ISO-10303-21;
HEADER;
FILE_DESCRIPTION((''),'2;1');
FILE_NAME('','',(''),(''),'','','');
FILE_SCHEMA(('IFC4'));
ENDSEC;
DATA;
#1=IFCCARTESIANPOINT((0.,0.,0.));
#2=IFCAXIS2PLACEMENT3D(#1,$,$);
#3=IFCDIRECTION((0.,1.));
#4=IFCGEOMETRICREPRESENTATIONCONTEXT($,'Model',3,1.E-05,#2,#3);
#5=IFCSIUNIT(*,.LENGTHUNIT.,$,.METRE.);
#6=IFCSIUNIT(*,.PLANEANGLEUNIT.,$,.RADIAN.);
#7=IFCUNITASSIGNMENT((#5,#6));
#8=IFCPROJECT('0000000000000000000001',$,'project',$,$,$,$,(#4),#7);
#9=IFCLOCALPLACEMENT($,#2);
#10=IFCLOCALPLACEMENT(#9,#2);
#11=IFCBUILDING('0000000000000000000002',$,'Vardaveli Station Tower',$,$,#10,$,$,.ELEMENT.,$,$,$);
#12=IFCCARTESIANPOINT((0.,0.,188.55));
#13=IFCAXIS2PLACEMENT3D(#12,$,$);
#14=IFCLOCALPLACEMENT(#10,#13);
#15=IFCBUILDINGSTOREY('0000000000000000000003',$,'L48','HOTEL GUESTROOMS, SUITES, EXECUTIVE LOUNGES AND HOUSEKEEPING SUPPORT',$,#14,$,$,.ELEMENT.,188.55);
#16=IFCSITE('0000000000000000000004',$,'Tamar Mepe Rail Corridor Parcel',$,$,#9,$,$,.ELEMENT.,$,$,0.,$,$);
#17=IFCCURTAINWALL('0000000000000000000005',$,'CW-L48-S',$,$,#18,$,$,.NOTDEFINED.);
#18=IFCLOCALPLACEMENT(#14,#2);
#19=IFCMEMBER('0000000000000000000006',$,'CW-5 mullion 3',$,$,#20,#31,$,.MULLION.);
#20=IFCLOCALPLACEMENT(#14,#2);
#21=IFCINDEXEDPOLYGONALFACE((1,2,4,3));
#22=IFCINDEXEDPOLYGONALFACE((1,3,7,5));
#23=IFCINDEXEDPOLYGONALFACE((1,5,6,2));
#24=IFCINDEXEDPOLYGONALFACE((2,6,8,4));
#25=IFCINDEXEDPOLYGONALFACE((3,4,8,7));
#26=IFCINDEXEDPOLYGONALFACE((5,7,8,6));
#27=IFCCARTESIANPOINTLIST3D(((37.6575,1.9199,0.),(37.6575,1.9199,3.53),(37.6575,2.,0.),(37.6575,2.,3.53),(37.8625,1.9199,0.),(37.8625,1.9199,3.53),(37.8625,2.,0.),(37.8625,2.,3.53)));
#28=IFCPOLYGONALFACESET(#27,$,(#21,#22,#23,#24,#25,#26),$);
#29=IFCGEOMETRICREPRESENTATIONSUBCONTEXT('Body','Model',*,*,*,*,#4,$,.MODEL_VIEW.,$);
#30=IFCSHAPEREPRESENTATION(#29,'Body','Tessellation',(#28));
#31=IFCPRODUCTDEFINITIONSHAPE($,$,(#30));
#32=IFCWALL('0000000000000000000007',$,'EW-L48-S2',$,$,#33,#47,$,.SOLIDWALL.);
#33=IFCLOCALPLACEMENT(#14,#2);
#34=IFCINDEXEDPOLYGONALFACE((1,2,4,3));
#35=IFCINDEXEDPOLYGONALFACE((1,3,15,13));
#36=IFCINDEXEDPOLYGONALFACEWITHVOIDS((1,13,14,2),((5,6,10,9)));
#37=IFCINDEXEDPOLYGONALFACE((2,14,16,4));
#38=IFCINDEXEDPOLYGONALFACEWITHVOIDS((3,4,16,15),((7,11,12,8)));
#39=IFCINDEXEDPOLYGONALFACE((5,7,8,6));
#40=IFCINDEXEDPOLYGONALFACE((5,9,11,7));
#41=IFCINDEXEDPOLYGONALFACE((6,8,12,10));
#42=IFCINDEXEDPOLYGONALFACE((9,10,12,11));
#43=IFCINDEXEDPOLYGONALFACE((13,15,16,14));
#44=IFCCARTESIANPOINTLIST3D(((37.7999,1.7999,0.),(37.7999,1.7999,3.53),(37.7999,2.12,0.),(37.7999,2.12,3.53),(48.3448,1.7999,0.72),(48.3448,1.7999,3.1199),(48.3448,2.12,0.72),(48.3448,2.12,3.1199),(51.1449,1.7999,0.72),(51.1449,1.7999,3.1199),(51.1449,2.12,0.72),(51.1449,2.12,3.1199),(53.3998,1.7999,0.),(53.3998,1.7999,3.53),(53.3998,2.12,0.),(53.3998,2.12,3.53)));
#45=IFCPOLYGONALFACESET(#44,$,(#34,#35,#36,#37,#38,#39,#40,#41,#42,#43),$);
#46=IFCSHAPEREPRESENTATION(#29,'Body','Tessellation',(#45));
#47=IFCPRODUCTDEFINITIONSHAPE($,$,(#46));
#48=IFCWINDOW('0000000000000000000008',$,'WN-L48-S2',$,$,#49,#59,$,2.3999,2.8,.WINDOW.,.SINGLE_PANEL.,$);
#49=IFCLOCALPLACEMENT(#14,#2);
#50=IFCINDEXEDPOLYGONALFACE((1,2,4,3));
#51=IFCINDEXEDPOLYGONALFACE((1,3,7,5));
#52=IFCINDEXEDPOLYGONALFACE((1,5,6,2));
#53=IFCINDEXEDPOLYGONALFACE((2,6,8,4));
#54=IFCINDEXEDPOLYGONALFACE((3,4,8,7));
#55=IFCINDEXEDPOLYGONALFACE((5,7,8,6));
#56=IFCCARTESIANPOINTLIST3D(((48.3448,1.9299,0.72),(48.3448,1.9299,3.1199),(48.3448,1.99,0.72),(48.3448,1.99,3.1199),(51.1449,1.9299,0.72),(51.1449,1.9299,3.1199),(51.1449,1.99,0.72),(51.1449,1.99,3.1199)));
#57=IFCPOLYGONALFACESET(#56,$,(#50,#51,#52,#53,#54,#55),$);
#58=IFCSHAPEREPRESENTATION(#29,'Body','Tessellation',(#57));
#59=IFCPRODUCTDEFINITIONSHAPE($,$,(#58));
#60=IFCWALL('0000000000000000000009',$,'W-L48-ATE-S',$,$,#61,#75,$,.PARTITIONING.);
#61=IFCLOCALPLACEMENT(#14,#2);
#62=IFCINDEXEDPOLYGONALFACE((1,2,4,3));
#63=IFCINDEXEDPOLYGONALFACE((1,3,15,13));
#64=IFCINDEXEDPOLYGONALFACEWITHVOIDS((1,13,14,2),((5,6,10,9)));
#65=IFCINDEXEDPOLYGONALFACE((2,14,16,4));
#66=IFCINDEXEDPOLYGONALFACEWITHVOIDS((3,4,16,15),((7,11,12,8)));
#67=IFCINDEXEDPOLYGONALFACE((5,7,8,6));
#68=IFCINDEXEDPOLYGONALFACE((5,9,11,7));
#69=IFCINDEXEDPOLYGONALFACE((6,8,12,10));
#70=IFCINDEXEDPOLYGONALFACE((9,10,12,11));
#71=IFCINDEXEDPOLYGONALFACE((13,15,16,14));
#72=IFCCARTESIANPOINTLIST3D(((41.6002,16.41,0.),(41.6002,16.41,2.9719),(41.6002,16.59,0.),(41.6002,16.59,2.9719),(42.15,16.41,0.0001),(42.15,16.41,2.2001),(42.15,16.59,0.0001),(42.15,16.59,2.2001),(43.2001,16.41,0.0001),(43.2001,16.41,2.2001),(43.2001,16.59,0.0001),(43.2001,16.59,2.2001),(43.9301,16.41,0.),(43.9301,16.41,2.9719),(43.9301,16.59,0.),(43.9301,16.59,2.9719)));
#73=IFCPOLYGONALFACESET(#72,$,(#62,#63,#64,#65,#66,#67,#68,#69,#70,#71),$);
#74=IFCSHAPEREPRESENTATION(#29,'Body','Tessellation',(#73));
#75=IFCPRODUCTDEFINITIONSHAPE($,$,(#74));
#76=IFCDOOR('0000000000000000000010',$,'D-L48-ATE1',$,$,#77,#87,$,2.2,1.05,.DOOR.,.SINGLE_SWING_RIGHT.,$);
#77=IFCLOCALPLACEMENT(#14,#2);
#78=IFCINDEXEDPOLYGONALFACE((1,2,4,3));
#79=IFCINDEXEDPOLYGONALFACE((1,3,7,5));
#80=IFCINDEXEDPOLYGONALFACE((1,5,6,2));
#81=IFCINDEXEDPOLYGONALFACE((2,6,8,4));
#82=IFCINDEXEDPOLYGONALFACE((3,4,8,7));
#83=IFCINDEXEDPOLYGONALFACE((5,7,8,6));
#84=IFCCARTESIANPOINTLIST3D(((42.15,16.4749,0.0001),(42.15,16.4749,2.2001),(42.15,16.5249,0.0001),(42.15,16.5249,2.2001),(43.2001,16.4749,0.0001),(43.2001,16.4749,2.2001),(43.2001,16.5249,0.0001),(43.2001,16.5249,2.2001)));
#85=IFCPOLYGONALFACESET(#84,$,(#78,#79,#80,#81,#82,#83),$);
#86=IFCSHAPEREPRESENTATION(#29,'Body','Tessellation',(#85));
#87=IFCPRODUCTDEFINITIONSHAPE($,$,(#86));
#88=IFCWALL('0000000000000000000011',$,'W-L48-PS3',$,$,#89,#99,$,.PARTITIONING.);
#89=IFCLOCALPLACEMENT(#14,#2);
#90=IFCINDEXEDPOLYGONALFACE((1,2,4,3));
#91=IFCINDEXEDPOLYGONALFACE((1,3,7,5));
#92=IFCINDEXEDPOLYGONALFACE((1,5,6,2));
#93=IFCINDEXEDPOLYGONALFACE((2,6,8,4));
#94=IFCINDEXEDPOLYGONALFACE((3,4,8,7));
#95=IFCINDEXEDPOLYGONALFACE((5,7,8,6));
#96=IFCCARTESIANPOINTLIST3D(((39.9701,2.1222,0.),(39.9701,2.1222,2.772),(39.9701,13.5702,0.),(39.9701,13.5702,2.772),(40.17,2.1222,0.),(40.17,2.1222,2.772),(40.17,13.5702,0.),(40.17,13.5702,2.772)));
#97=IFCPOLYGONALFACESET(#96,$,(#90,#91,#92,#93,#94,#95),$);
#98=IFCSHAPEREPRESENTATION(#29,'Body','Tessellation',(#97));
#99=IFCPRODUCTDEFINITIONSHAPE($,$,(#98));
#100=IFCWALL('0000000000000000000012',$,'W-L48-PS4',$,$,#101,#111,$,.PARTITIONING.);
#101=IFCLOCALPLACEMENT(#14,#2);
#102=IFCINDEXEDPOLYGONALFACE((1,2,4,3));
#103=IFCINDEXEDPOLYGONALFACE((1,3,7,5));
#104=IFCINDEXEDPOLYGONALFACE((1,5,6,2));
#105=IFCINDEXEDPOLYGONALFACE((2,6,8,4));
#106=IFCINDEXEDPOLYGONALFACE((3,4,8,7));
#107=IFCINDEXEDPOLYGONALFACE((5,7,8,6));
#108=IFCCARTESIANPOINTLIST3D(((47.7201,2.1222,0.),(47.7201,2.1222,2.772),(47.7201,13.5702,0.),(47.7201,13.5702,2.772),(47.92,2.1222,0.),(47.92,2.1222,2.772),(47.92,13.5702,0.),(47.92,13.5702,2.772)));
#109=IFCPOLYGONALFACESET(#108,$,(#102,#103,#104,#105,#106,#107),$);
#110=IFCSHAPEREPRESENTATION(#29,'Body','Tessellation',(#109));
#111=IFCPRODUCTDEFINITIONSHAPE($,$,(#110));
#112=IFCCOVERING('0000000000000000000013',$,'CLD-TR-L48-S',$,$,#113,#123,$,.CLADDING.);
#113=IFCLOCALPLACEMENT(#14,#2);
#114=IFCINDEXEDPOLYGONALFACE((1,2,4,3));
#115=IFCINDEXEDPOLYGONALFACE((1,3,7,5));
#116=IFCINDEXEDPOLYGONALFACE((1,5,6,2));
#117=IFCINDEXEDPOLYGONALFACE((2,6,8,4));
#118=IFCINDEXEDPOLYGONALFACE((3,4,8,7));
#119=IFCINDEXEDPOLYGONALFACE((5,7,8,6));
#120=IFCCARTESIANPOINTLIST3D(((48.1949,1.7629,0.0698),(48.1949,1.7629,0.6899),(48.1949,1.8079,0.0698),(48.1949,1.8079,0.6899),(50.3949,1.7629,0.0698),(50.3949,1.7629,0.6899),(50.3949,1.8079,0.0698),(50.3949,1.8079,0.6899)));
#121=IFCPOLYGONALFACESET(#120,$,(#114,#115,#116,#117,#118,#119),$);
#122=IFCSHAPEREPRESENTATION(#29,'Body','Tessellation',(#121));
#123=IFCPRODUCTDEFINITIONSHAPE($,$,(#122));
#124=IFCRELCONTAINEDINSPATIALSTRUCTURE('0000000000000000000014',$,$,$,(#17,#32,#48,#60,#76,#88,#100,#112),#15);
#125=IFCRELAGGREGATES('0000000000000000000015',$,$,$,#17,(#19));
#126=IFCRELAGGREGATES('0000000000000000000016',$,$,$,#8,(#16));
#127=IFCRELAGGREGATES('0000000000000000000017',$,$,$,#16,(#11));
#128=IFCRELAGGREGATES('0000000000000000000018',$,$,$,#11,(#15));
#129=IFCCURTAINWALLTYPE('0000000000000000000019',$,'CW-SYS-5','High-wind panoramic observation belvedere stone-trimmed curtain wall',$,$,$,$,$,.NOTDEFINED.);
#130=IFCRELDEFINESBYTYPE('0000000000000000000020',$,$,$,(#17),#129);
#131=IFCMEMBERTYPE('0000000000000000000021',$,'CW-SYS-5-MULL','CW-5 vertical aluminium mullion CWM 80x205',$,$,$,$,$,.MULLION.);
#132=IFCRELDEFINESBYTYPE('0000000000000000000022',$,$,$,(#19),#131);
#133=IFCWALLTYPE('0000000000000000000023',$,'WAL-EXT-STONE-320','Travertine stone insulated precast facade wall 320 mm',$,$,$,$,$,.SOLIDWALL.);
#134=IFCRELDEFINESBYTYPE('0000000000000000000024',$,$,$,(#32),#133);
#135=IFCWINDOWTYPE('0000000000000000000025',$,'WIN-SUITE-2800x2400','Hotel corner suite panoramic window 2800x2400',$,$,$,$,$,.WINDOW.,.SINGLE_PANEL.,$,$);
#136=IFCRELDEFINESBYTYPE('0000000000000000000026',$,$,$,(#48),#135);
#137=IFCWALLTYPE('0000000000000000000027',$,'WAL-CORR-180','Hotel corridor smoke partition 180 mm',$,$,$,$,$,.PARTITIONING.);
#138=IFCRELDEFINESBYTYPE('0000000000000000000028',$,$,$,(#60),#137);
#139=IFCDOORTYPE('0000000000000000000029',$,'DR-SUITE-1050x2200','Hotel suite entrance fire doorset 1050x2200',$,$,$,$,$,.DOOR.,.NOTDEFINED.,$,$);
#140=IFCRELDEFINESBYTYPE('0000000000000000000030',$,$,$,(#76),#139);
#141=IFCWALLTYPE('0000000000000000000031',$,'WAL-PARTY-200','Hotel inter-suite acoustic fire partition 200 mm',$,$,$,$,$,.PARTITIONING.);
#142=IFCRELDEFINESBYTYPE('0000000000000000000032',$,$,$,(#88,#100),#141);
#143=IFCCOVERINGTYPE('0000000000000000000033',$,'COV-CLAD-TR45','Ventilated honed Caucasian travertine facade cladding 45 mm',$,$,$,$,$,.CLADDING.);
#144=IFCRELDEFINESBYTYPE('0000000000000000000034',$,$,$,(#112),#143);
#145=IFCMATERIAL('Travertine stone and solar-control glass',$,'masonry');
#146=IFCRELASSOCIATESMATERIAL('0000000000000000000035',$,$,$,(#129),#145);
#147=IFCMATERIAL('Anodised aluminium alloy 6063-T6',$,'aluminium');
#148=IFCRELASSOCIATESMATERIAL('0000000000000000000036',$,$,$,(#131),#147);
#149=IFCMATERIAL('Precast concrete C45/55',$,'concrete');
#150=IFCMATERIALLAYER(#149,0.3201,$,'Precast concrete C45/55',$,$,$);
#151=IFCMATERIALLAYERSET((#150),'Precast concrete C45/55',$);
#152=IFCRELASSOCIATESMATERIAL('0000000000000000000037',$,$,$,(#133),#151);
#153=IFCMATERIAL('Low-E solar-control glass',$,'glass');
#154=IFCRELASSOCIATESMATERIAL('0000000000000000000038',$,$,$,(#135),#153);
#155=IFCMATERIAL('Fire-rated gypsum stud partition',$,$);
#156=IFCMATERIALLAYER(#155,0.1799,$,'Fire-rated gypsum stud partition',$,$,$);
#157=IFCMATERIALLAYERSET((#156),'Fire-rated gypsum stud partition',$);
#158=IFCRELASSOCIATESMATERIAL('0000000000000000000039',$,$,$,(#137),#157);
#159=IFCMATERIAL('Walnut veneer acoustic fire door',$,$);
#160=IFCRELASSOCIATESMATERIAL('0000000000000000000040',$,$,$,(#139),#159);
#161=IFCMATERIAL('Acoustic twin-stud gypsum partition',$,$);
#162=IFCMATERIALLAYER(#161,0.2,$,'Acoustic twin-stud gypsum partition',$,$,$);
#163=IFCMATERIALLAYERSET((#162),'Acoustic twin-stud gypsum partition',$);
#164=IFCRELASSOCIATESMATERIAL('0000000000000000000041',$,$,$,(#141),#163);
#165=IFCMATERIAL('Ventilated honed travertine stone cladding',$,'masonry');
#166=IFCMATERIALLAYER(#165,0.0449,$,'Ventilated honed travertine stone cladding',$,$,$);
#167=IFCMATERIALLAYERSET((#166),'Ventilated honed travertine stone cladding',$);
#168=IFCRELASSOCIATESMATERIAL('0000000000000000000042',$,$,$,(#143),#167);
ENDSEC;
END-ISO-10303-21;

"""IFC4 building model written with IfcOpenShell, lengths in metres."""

from ifc_helpers import new_model, si_unit, direction, frame, frame_2d, origin, origin_2d, place, context, subcontext, project, spatial, rectangle, extrude, source, transform, mapped, material, layer, layer_set, material_profile, profile_set, type_object, element, fill, aggregate, save


model = new_model("IFC4")

# Units and contexts
model_context = context("Model", 3, precision=1e-05, world=origin(), true_north=direction((0.0, 1.0)))
body_context = subcontext(model_context, "Body", "Model", "MODEL_VIEW")
ifc_project = project(units=[si_unit("LENGTHUNIT", "METRE"), si_unit("PLANEANGLEUNIT", "RADIAN")], contexts=[model_context])

# Site, building, storey
site_placement = place(None, origin())
site = spatial("IfcSite", under=ifc_project, at=site_placement, Name="Tamar Mepe Rail Corridor Parcel", CompositionType="ELEMENT", RefElevation=0.0)
building_placement = place(site_placement, origin())
building = spatial("IfcBuilding", under=site, at=building_placement, Name="Vardaveli Station Tower", CompositionType="ELEMENT")
storey_placement = place(building_placement, frame((0.0, 0.0, 188.55)))
storey = spatial("IfcBuildingStorey", under=building, at=storey_placement, Name="L48", Description="HOTEL GUESTROOMS, SUITES, EXECUTIVE LOUNGES AND HOUSEKEEPING SUPPORT", CompositionType="ELEMENT", Elevation=188.55)

# Shared definitions
ifc_material_1 = material(Name="Precast concrete C45/55", Category="concrete")

# Curtain wall, member
ifc_material_2 = material(Name="Travertine stone and solar-control glass", Category="masonry")
curtain_wall_type = type_object("IfcCurtainWallType", Name="CW-SYS-5", Description="High-wind panoramic observation belvedere stone-trimmed curtain wall", PredefinedType="NOTDEFINED", material=ifc_material_2)
curtain_wall_placement = place(storey_placement, origin())
curtain_wall = element("IfcCurtainWall", 1, at=curtain_wall_placement, inside=storey, type_object=curtain_wall_type, Name="CW-L48-S", PredefinedType="NOTDEFINED")
ifc_material_3 = material(Name="Anodised aluminium alloy 6063-T6", Category="aluminium")
ifc_material_profile_1 = material_profile(ifc_material_3, rectangle(XDim=0.0801, YDim=0.2051, at=origin_2d()), Name="CWM 80x205")
ifc_profile_set_1 = profile_set([ifc_material_profile_1], Name="Anodised aluminium alloy 6063-T6")
member_type = type_object("IfcMemberType", Name="CW-SYS-5-MULL", Description="CW-5 vertical aluminium mullion CWM 80x205", PredefinedType="MULLION", material=ifc_profile_set_1)
shared_shape_1 = source(origin(), body_context, "Body", "SweptSolid", [
    extrude(rectangle(XDim=0.0801, YDim=0.2051, at=origin_2d()), origin(), (0.0, 0.0, 1.0), 3.53),
])
member_placement = place(storey_placement, frame((37.76, 1.96, 0.0), z_axis=(0.0, 0.0, 1.0), x_axis=(0.0, 1.0, 0.0)))
member = element("IfcMember", 2, at=member_placement, type_object=member_type, Name="CW-5 mullion 3", PredefinedType="MULLION", context=body_context, shape_type="MappedRepresentation", body=[
    mapped(shared_shape_1, transform((0.0, 0.0, 0.0), scale=1.0)),
])
aggregate(curtain_wall, [member])

# Wall, opening, window
ifc_layer_1 = layer(ifc_material_1, 0.3201, Name="Precast concrete C45/55")
ifc_layer_set_1 = layer_set([ifc_layer_1], Name="Precast concrete C45/55")
wall_type_1 = type_object("IfcWallType", Name="WAL-EXT-STONE-320", Description="Travertine stone insulated precast facade wall 320 mm", PredefinedType="SOLIDWALL", material=ifc_layer_set_1)
shared_shape_2 = source(origin(), body_context, "Body", "SweptSolid", [
    extrude(rectangle(XDim=15.5999, YDim=0.3201, at=frame_2d((7.7998, 0.0))), origin(), (0.0, 0.0, 1.0), 3.53),
])
wall_1_placement = place(storey_placement, frame((37.8, 1.96, 0.0), z_axis=(0.0, 0.0, 1.0), x_axis=(1.0, 0.0, 0.0)))
wall_1 = element("IfcWall", 3, at=wall_1_placement, inside=storey, type_object=wall_type_1, Name="EW-L48-S2", PredefinedType="SOLIDWALL", context=body_context, shape_type="MappedRepresentation", body=[
    mapped(shared_shape_2, transform((0.0, 0.0, 0.0), scale=1.0)),
])
shared_shape_3 = source(origin(), body_context, "Body", "SweptSolid", [
    extrude(rectangle(XDim=2.8, YDim=2.3999, at=frame_2d((1.3999, 1.2))), frame((0.0, 0.1699, 0.0), z_axis=(0.0, -1.0, 0.0), x_axis=(1.0, 0.0, 0.0)), (0.0, 0.0, 1.0), 0.3401),
])
opening_1_placement = place(wall_1_placement, frame((10.5449, 0.0, 0.72)))
opening_1 = element("IfcOpeningElement", 4, at=opening_1_placement, cuts=wall_1, PredefinedType="OPENING", context=body_context, shape_type="MappedRepresentation", body=[
    mapped(shared_shape_3, transform((0.0, 0.0, 0.0), scale=1.0)),
])
ifc_material_4 = material(Name="Low-E solar-control glass", Category="glass")
window_type = type_object("IfcWindowType", Name="WIN-SUITE-2800x2400", Description="Hotel corner suite panoramic window 2800x2400", PartitioningType="SINGLE_PANEL", PredefinedType="WINDOW", material=ifc_material_4)
shared_shape_4 = source(origin(), body_context, "Body", "SweptSolid", [
    extrude(rectangle(XDim=2.8, YDim=2.3999, at=frame_2d((1.3999, 1.2))), frame((0.0, 0.03, 0.0), z_axis=(0.0, -1.0, 0.0), x_axis=(1.0, 0.0, 0.0)), (0.0, 0.0, 1.0), 0.0601),
])
window_placement = place(opening_1_placement, origin())
window = element("IfcWindow", 5, at=window_placement, inside=storey, type_object=window_type, Name="WN-L48-S2", OverallHeight=2.3999, OverallWidth=2.8, PartitioningType="SINGLE_PANEL", PredefinedType="WINDOW", context=body_context, shape_type="MappedRepresentation", body=[
    mapped(shared_shape_4, transform((0.0, 0.0, 0.0), scale=1.0)),
])
fill(opening_1, window)

# Wall, opening, door
ifc_material_5 = material(Name="Fire-rated gypsum stud partition")
ifc_layer_2 = layer(ifc_material_5, 0.1799, Name="Fire-rated gypsum stud partition")
ifc_layer_set_2 = layer_set([ifc_layer_2], Name="Fire-rated gypsum stud partition")
wall_type_2 = type_object("IfcWallType", Name="WAL-CORR-180", Description="Hotel corridor smoke partition 180 mm", PredefinedType="PARTITIONING", material=ifc_layer_set_2)
shared_shape_5 = source(origin(), body_context, "Body", "SweptSolid", [
    extrude(rectangle(XDim=2.3298, YDim=0.1799, at=frame_2d((1.165, 0.0))), origin(), (0.0, 0.0, 1.0), 2.9719),
])
wall_2_placement = place(storey_placement, frame((41.6001, 16.5, 0.0), z_axis=(0.0, 0.0, 1.0), x_axis=(1.0, 0.0, 0.0)))
wall_2 = element("IfcWall", 6, at=wall_2_placement, inside=storey, type_object=wall_type_2, Name="W-L48-ATE-S", PredefinedType="PARTITIONING", context=body_context, shape_type="MappedRepresentation", body=[
    mapped(shared_shape_5, transform((0.0, 0.0, 0.0), scale=1.0)),
])
shared_shape_6 = source(origin(), body_context, "Body", "SweptSolid", [
    extrude(rectangle(XDim=1.05, YDim=2.2, at=frame_2d((0.5249, 1.1001))), frame((0.0, 0.1001, 0.0), z_axis=(0.0, -1.0, 0.0), x_axis=(1.0, 0.0, 0.0)), (0.0, 0.0, 1.0), 0.2),
])
opening_2_placement = place(wall_2_placement, frame((0.55, 0.0, 0.0)))
opening_2 = element("IfcOpeningElement", 7, at=opening_2_placement, cuts=wall_2, PredefinedType="OPENING", context=body_context, shape_type="MappedRepresentation", body=[
    mapped(shared_shape_6, transform((0.0, 0.0, 0.0), scale=1.0)),
])
ifc_material_6 = material(Name="Walnut veneer acoustic fire door")
door_type = type_object("IfcDoorType", Name="DR-SUITE-1050x2200", Description="Hotel suite entrance fire doorset 1050x2200", OperationType="NOTDEFINED", PredefinedType="DOOR", material=ifc_material_6)
shared_shape_7 = source(origin(), body_context, "Body", "SweptSolid", [
    extrude(rectangle(XDim=1.05, YDim=2.2, at=frame_2d((0.5249, 1.1001))), frame((0.0, 0.0249, 0.0), z_axis=(0.0, -1.0, 0.0), x_axis=(1.0, 0.0, 0.0)), (0.0, 0.0, 1.0), 0.05),
])
door_placement = place(opening_2_placement, origin())
door = element("IfcDoor", 8, at=door_placement, inside=storey, type_object=door_type, Name="D-L48-ATE1", OperationType="SINGLE_SWING_RIGHT", OverallHeight=2.2, OverallWidth=1.05, PredefinedType="DOOR", context=body_context, shape_type="MappedRepresentation", body=[
    mapped(shared_shape_7, transform((0.0, 0.0, 0.0), scale=1.0)),
])
fill(opening_2, door)

# Walls
ifc_material_7 = material(Name="Acoustic twin-stud gypsum partition")
ifc_layer_3 = layer(ifc_material_7, 0.2, Name="Acoustic twin-stud gypsum partition")
ifc_layer_set_3 = layer_set([ifc_layer_3], Name="Acoustic twin-stud gypsum partition")
wall_type_3 = type_object("IfcWallType", Name="WAL-PARTY-200", Description="Hotel inter-suite acoustic fire partition 200 mm", PredefinedType="PARTITIONING", material=ifc_layer_set_3)
shared_shape_8 = source(origin(), body_context, "Body", "SweptSolid", [
    extrude(rectangle(XDim=11.448, YDim=0.2, at=frame_2d((5.7241, 0.0))), origin(), (0.0, 0.0, 1.0), 2.772),
])
for number, where, z_axis, x_axis, name in (
    (9, (40.0701, 2.1221, 0.0), (0.0, 0.0, 1.0), (0.0, 1.0, 0.0), "W-L48-PS3"),
    (10, (47.8201, 2.1221, 0.0), (0.0, 0.0, 1.0), (0.0, 1.0, 0.0), "W-L48-PS4"),
):
    element("IfcWall", number, at=place(storey_placement, frame(where, z_axis=z_axis, x_axis=x_axis)), inside=storey, type_object=wall_type_3, Name=name, PredefinedType="PARTITIONING", context=body_context, shape_type="MappedRepresentation", body=[
        mapped(shared_shape_8, transform((0.0, 0.0, 0.0), scale=1.0)),
    ])

# Covering
ifc_material_8 = material(Name="Ventilated honed travertine stone cladding", Category="masonry")
ifc_layer_4 = layer(ifc_material_8, 0.0449, Name="Ventilated honed travertine stone cladding")
ifc_layer_set_4 = layer_set([ifc_layer_4], Name="Ventilated honed travertine stone cladding")
covering_type = type_object("IfcCoveringType", Name="COV-CLAD-TR45", Description="Ventilated honed Caucasian travertine facade cladding 45 mm", PredefinedType="CLADDING", material=ifc_layer_set_4)
shared_shape_9 = source(origin(), body_context, "Body", "SweptSolid", [
    extrude(rectangle(XDim=2.2, YDim=0.0449, at=origin_2d()), origin(), (0.0, 0.0, 1.0), 0.6201),
])
covering_placement = place(storey_placement, frame((49.2949, 1.7854, 0.0698), z_axis=(0.0, 0.0, 1.0), x_axis=(1.0, 0.0, 0.0)))
element("IfcCovering", 11, at=covering_placement, inside=storey, type_object=covering_type, Name="CLD-TR-L48-S", PredefinedType="CLADDING", context=body_context, shape_type="MappedRepresentation", body=[
    mapped(shared_shape_9, transform((0.0, 0.0, 0.0), scale=1.0)),
])

save(model, "model.ifc")
